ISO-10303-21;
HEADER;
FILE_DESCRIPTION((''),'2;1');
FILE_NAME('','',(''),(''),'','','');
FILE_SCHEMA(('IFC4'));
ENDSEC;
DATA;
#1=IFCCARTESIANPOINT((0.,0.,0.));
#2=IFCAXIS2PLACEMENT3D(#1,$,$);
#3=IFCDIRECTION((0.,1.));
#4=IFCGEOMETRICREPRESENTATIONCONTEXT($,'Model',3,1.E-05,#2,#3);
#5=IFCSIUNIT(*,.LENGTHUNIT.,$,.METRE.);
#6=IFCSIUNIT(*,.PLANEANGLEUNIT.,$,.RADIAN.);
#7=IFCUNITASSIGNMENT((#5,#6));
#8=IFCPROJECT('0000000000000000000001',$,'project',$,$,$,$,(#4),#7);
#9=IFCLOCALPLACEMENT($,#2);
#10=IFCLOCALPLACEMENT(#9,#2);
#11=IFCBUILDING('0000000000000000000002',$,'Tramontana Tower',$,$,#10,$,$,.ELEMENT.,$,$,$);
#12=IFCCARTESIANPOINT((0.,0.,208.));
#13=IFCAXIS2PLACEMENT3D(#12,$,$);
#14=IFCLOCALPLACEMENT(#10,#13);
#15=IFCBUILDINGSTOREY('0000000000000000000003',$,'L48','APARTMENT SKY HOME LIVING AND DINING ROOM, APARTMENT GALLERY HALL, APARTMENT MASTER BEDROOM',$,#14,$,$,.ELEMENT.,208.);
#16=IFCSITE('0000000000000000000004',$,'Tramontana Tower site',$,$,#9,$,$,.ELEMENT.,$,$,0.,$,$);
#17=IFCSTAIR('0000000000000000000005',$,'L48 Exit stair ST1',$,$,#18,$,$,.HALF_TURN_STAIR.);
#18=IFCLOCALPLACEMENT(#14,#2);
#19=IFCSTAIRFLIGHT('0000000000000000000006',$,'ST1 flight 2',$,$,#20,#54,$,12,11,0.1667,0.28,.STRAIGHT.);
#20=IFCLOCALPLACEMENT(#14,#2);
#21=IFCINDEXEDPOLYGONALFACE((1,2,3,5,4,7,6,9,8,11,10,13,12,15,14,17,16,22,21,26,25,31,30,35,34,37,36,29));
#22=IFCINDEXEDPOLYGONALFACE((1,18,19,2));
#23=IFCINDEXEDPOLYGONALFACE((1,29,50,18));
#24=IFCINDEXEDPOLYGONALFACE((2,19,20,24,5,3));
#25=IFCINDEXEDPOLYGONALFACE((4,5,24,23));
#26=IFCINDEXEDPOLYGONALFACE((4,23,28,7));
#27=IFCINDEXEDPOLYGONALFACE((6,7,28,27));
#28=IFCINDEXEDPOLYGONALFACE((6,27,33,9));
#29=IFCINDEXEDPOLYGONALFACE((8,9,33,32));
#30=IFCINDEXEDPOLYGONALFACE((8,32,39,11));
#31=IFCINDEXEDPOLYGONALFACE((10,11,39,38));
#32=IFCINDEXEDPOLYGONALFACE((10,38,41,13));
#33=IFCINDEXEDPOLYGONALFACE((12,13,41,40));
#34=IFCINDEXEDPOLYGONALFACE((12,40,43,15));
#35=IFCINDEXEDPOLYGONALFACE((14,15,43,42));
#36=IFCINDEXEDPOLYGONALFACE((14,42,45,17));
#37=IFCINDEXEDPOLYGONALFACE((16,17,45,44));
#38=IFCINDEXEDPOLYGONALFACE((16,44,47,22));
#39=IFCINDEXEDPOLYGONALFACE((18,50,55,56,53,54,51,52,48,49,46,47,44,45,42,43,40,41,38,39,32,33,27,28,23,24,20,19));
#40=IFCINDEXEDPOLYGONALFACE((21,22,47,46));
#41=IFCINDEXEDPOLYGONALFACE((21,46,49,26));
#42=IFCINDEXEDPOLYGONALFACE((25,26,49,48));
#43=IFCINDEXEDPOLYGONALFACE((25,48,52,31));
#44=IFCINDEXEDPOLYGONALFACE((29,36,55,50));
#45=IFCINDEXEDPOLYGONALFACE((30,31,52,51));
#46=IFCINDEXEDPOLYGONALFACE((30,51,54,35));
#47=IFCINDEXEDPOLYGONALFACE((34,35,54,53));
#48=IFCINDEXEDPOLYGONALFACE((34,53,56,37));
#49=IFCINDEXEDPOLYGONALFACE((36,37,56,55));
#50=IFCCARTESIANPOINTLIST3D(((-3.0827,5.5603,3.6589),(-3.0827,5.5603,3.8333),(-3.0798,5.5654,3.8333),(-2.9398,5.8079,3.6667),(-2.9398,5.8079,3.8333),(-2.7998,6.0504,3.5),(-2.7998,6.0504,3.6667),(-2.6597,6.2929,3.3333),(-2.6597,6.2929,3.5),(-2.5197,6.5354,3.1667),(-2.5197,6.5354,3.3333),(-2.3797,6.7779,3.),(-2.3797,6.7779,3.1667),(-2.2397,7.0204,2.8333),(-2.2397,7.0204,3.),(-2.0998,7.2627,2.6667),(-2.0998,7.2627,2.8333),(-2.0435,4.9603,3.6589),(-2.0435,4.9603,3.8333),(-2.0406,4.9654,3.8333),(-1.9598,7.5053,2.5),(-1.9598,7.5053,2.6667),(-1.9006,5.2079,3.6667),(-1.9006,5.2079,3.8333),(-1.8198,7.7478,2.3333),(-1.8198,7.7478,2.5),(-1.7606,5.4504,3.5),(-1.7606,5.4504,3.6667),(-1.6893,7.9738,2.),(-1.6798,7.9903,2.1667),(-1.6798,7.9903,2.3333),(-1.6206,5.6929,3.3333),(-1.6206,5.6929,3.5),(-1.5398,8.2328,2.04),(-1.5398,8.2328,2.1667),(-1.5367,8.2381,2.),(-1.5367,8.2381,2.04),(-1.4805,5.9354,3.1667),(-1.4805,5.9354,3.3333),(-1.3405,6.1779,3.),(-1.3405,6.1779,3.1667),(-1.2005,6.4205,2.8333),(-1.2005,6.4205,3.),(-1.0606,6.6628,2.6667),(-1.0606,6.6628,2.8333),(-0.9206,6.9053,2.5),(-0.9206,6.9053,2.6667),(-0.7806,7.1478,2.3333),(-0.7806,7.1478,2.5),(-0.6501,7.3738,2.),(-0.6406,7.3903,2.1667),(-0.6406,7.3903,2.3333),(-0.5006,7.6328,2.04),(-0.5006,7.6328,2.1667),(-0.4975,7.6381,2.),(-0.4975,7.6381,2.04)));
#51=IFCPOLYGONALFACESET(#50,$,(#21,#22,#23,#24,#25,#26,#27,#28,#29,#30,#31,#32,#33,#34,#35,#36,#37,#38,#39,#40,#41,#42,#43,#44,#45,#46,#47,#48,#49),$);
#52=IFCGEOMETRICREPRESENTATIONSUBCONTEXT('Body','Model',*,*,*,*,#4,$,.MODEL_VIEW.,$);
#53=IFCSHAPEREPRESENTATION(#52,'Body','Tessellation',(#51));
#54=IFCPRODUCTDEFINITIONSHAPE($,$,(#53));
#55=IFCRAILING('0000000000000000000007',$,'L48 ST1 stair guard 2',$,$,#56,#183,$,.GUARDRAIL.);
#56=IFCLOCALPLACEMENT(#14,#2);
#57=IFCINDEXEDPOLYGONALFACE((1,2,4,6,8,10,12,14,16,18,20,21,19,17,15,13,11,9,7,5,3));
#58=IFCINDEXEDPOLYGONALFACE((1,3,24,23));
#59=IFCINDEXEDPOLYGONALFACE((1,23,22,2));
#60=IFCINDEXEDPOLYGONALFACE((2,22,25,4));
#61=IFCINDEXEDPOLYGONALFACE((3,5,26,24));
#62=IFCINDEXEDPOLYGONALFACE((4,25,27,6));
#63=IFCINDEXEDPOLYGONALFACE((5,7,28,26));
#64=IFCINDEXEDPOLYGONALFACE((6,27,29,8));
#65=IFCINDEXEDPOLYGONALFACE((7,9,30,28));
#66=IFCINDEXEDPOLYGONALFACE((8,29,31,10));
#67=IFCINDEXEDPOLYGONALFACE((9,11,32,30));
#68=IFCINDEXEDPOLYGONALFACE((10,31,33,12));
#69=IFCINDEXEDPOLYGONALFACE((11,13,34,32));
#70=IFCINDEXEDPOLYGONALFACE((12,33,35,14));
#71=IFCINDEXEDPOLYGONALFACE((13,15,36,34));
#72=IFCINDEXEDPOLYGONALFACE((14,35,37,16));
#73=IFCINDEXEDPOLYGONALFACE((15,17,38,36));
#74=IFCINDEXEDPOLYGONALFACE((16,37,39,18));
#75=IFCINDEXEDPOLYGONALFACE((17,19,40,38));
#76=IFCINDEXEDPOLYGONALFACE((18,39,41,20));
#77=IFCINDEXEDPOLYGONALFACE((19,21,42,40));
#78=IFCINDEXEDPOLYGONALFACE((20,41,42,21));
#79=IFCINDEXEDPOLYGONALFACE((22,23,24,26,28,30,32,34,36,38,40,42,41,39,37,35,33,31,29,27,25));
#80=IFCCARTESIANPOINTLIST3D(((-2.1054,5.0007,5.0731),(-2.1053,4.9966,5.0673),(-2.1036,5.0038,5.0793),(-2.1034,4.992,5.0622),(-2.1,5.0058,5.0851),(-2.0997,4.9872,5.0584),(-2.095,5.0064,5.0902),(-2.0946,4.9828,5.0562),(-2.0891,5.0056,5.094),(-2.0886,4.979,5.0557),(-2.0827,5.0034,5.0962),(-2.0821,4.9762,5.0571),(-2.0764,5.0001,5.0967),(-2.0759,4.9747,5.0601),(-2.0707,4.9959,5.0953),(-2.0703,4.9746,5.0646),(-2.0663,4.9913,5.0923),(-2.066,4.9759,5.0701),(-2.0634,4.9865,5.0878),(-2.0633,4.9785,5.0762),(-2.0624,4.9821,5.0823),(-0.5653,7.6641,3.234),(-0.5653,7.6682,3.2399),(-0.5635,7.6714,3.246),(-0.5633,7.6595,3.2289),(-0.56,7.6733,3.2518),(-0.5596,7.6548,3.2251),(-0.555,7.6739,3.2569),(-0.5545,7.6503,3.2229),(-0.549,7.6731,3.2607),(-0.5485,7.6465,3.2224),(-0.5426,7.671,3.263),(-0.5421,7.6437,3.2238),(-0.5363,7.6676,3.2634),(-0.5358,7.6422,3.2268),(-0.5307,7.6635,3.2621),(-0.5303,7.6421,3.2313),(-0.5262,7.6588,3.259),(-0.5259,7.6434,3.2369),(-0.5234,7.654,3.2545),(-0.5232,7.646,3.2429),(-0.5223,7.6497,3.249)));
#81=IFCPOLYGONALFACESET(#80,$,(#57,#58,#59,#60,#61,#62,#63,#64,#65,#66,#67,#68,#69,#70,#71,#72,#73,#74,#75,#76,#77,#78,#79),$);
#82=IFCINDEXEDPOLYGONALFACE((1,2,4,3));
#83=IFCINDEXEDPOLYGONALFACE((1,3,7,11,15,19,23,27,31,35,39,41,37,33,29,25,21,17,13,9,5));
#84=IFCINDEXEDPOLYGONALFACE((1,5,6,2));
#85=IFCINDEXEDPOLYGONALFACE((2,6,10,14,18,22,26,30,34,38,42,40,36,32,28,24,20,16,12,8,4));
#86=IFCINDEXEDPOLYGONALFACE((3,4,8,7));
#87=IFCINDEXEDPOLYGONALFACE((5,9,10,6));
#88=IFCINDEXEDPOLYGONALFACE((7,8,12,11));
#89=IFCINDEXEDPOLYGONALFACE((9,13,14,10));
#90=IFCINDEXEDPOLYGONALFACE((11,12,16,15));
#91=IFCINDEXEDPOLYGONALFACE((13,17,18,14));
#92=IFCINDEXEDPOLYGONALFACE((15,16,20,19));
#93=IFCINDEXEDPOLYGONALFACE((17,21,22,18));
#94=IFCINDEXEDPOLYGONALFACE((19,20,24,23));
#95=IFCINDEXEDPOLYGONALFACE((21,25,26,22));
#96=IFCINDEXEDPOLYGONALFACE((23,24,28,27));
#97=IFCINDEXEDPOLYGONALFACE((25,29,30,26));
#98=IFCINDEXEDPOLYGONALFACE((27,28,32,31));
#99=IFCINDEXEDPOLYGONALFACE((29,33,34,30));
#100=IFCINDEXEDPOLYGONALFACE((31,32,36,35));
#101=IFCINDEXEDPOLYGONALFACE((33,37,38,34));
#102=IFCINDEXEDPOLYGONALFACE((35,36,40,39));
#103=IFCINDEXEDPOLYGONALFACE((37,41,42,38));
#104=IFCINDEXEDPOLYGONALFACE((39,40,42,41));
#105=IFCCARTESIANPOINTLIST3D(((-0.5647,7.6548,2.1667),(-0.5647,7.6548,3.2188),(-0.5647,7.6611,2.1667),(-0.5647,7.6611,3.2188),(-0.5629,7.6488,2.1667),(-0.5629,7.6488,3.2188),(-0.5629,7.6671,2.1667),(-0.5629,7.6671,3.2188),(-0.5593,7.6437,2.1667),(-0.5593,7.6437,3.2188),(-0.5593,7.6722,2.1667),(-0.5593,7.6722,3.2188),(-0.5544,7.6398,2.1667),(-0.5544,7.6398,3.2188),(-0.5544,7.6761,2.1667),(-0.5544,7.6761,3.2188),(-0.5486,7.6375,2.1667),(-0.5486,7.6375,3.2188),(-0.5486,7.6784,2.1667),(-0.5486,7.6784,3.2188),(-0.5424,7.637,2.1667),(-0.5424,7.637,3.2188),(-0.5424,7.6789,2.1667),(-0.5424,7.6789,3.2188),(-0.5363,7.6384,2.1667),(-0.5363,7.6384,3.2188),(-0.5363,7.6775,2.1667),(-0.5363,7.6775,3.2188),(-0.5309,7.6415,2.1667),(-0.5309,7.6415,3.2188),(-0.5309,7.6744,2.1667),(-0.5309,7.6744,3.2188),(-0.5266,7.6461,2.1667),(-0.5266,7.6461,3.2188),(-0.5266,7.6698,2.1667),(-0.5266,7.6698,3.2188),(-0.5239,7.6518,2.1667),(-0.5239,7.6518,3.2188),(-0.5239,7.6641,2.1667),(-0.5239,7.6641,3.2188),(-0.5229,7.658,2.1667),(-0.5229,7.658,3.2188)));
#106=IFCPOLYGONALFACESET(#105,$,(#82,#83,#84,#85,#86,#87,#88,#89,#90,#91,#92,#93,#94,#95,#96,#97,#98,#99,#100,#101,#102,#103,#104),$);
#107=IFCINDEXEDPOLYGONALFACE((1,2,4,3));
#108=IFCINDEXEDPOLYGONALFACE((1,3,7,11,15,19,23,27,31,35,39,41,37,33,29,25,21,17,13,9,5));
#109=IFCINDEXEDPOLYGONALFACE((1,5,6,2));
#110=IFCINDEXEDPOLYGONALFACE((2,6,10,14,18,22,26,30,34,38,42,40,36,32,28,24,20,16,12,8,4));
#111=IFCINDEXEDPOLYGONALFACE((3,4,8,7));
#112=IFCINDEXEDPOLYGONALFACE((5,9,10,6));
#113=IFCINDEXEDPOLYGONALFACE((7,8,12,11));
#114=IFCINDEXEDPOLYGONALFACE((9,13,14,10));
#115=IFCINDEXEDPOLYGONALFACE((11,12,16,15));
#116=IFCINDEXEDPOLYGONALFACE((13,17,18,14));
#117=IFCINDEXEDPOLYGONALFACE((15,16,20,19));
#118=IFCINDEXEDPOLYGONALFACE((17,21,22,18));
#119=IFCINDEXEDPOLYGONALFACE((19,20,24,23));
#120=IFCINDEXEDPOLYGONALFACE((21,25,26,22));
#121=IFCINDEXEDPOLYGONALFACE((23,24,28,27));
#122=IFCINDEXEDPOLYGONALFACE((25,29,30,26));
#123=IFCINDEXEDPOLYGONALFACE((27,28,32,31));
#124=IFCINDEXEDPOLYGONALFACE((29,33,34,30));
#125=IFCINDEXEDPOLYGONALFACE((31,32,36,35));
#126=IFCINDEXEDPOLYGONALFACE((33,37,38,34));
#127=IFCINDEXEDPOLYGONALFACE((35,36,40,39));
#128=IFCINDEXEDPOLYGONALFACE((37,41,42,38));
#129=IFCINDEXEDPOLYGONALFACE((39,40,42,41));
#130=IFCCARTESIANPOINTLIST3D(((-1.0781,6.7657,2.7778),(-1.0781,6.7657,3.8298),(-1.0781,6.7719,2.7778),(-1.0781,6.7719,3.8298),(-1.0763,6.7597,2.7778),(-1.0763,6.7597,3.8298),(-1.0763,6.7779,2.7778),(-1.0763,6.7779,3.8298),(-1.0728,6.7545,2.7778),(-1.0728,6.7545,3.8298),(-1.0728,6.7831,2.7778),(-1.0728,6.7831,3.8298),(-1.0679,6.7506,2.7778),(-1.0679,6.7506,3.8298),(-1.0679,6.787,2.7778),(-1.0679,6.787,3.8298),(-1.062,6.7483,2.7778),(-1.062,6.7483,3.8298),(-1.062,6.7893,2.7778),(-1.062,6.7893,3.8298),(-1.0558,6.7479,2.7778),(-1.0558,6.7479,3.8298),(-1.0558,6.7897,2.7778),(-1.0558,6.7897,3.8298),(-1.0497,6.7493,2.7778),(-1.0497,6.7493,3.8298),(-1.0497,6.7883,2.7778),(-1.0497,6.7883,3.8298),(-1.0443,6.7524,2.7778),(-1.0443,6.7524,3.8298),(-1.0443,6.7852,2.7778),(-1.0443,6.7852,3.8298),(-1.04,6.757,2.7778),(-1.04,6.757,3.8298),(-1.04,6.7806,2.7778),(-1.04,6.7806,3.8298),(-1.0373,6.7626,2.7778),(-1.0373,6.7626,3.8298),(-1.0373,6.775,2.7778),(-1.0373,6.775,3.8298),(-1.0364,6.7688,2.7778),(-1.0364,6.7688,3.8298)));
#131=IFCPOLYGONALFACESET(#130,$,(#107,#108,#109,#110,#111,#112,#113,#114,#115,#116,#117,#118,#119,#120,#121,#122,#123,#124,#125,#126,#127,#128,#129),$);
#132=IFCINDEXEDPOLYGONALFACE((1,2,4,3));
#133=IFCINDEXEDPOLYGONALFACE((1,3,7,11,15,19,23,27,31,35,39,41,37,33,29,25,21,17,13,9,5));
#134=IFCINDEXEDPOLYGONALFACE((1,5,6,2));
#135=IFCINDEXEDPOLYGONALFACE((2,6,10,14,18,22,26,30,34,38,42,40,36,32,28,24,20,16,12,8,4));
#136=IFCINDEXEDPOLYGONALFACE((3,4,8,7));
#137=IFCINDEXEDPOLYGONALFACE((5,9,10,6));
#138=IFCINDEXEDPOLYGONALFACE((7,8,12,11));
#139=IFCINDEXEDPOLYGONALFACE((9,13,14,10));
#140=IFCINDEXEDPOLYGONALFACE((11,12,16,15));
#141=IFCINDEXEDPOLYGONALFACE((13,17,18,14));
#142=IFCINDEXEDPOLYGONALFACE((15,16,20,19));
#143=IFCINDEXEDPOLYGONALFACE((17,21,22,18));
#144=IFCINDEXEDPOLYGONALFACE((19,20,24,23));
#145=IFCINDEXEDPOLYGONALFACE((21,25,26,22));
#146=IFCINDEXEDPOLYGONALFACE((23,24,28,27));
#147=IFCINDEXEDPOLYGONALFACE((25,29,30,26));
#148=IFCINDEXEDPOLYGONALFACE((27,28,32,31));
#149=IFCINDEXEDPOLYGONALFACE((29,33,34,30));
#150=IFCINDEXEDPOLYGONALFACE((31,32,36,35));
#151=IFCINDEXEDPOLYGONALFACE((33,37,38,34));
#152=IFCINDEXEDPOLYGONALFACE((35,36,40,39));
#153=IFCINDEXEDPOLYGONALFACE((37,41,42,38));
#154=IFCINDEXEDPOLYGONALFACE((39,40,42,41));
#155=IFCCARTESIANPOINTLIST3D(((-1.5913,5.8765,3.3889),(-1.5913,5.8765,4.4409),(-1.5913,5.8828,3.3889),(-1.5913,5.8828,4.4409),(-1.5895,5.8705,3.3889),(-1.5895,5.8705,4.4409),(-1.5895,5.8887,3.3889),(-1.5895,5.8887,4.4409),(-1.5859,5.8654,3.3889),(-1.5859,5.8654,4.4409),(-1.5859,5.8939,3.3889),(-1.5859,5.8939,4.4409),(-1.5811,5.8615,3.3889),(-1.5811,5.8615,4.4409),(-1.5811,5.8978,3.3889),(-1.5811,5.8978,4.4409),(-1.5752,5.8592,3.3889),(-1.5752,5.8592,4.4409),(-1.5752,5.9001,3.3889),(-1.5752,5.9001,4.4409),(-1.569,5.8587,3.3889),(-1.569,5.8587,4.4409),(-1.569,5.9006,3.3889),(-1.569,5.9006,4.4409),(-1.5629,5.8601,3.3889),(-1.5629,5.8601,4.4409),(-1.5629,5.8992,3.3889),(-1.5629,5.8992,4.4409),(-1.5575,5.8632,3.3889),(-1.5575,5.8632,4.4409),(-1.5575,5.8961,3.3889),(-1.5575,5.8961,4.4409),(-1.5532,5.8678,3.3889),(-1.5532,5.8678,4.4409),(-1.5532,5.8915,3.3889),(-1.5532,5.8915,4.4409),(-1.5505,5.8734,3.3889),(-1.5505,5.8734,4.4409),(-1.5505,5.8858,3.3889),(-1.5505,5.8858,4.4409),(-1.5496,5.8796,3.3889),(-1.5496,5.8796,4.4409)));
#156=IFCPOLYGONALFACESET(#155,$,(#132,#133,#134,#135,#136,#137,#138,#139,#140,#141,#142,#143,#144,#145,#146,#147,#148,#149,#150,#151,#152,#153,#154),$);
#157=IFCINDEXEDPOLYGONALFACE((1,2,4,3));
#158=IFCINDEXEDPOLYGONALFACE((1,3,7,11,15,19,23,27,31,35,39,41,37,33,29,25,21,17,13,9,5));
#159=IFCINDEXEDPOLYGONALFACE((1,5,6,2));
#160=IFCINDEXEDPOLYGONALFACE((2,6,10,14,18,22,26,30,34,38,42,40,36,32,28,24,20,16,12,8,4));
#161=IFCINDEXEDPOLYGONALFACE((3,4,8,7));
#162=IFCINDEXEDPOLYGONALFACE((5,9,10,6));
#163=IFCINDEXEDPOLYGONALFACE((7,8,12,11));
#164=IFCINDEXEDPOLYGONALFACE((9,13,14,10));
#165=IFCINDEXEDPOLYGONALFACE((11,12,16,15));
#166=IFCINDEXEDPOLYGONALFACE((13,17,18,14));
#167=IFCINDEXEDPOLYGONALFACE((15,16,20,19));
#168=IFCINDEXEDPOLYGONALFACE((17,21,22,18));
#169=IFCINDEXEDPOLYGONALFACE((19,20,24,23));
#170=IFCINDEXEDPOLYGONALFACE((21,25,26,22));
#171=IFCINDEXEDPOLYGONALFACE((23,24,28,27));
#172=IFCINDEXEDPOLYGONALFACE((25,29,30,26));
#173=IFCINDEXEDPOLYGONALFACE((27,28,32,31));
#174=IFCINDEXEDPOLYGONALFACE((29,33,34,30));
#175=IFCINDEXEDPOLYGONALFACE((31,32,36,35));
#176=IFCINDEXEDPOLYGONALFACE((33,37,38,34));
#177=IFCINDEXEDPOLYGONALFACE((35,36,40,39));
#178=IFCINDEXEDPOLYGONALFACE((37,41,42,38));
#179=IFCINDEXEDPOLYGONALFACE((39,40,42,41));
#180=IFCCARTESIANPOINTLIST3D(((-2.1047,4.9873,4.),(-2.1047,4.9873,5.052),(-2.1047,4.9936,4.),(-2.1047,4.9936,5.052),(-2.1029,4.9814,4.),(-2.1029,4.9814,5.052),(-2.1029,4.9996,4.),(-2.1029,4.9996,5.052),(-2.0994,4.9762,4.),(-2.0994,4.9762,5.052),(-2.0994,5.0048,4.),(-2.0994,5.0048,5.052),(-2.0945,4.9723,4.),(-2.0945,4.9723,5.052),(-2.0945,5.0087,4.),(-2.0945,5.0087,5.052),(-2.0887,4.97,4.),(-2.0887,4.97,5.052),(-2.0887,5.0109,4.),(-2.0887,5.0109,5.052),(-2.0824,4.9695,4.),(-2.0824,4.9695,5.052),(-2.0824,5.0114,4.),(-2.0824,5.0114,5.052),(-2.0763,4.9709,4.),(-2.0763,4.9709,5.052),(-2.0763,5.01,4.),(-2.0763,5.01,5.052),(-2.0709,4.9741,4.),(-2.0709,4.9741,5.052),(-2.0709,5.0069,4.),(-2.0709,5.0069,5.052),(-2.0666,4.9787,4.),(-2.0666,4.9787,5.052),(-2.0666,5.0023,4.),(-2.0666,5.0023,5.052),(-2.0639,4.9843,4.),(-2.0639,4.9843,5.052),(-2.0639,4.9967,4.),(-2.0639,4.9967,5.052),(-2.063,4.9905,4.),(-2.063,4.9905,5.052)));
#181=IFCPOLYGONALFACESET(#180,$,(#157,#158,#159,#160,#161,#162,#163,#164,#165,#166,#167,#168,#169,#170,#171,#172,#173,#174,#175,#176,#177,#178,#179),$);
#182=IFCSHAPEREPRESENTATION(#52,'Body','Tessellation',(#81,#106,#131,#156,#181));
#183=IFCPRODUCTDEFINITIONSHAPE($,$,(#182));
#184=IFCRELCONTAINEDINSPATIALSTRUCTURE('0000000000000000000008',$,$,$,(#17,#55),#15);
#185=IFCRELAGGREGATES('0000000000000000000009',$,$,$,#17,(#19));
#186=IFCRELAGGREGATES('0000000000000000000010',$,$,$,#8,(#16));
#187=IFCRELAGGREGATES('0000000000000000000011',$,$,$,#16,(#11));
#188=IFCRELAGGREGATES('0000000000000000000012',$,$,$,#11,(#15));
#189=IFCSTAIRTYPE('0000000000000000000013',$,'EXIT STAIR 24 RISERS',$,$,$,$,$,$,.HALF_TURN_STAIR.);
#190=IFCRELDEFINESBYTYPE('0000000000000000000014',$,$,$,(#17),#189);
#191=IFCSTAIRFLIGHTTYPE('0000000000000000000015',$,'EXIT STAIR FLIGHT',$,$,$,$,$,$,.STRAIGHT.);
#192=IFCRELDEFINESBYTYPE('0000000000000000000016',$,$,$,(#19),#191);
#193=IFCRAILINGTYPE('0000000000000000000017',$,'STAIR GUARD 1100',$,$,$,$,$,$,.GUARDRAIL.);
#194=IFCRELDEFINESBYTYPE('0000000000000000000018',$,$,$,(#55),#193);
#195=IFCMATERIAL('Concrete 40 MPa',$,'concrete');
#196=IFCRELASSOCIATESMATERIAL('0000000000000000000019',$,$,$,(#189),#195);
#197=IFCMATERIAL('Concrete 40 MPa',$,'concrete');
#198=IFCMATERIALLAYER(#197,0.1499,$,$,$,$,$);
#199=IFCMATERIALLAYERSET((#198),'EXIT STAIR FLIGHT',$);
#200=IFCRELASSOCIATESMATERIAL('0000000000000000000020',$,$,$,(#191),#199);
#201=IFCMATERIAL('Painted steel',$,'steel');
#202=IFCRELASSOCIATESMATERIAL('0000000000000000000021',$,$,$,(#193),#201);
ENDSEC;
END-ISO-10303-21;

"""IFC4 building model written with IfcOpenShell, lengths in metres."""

from ifc_helpers import new_model, si_unit, direction, frame, origin, origin_2d, place, context, subcontext, project, spatial, polyline, circle, outline, extrude, material, layer, layer_set, type_object, element, aggregate, save


model = new_model("IFC4")

# Units and contexts
model_context = context("Model", 3, precision=1e-05, world=origin(), true_north=direction((0.0, 1.0)))
body_context = subcontext(model_context, "Body", "Model", "MODEL_VIEW")
ifc_project = project(units=[si_unit("LENGTHUNIT", "METRE"), si_unit("PLANEANGLEUNIT", "RADIAN")], contexts=[model_context])

# Site, building, storey
site_placement = place(None, origin())
site = spatial("IfcSite", under=ifc_project, at=site_placement, Name="Tramontana Tower site", CompositionType="ELEMENT", RefElevation=0.0)
building_placement = place(site_placement, origin())
building = spatial("IfcBuilding", under=site, at=building_placement, Name="Tramontana Tower", CompositionType="ELEMENT")
storey_placement = place(building_placement, frame((0.0, 0.0, 208.0)))
storey = spatial("IfcBuildingStorey", under=building, at=storey_placement, Name="L48", Description="APARTMENT SKY HOME LIVING AND DINING ROOM, APARTMENT GALLERY HALL, APARTMENT MASTER BEDROOM", CompositionType="ELEMENT", Elevation=208.0)

# Stair, stair flight
ifc_material_1 = material(Name="Concrete 40 MPa", Category="concrete")
stair_type = type_object("IfcStairType", Name="EXIT STAIR 24 RISERS", PredefinedType="HALF_TURN_STAIR", material=ifc_material_1)
stair_placement = place(storey_placement, origin())
stair = element("IfcStair", 1, at=stair_placement, inside=storey, type_object=stair_type, Name="L48 Exit stair ST1", PredefinedType="HALF_TURN_STAIR")
ifc_material_2 = material(Name="Concrete 40 MPa", Category="concrete")
ifc_layer_1 = layer(ifc_material_2, 0.1499)
ifc_layer_set_1 = layer_set([ifc_layer_1], Name="EXIT STAIR FLIGHT")
stair_flight_type = type_object("IfcStairFlightType", Name="EXIT STAIR FLIGHT", PredefinedType="STRAIGHT", material=ifc_layer_set_1)
stair_flight_placement = place(storey_placement, frame((-1.0203, 7.9329, 2.0), z_axis=(0.0, 0.0, 1.0), x_axis=(-0.5, -0.866025, 0.0)))
stair_flight = element("IfcStairFlight", 2, at=stair_flight_placement, type_object=stair_flight_type, Name="ST1 flight 2", NumberOfRisers=12, NumberOfTreads=11, PredefinedType="STRAIGHT", RiserHeight=0.1667, TreadLength=0.28, context=body_context, shape_type="SweptSolid", body=[
    extrude(outline(polyline([(-0.0061, 0.0), (-0.0061, 0.04), (0.0, 0.04), (0.0, 0.1667), (0.28, 0.1667), (0.28, 0.3333), (0.5601, 0.3333), (0.5601, 0.5), (0.8401, 0.5), (0.8401, 0.6667), (1.1201, 0.6667), (1.1201, 0.8333), (1.3999, 0.8333), (1.3999, 1.0), (1.6799, 1.0), (1.6799, 1.1667), (1.96, 1.1667), (1.96, 1.3333), (2.24, 1.3333), (2.24, 1.5), (2.52, 1.5), (2.52, 1.6667), (2.8, 1.6667), (2.8, 1.8333), (3.0801, 1.8333), (3.0859, 1.8333), (3.0859, 1.6589), (0.2991, 0.0), (-0.0061, 0.0)])), frame((0.0, 0.6001, 0.0), z_axis=(0.0, -1.0, 0.0), x_axis=(1.0, 0.0, 0.0)), (0.0, 0.0, 1.0), 1.2),
])
aggregate(stair, [stair_flight])

# Railing
ifc_material_3 = material(Name="Painted steel", Category="steel")
railing_type_1 = type_object("IfcRailingType", Name="STAIR GUARD 1100", PredefinedType="GUARDRAIL", material=ifc_material_3)
railing_1_placement = place(storey_placement, frame((-0.5439, 7.658, 2.1667)))
element("IfcRailing", 3, at=railing_1_placement, inside=storey, type_object=railing_type_1, Name="L48 ST1 stair guard 2", PredefinedType="GUARDRAIL", context=body_context, shape_type="SweptSolid", body=[
    extrude(circle(Radius=0.0239, at=origin_2d()), frame((0.0, 0.0, 1.0762), z_axis=(-0.429649, -0.74419, 0.511452), x_axis=(0.86603, -0.499992, 0.0)), (0.0, 0.0, 1.0), 3.5845),
    extrude(circle(Radius=0.021, at=origin_2d()), origin(), (0.0, 0.0, 1.0), 1.052),
    extrude(circle(Radius=0.021, at=origin_2d()), frame((-0.5134, -0.8892, 0.6111)), (0.0, 0.0, 1.0), 1.052),
    extrude(circle(Radius=0.021, at=origin_2d()), frame((-1.0266, -1.7783, 1.2222)), (0.0, 0.0, 1.0), 1.052),
    extrude(circle(Radius=0.021, at=origin_2d()), frame((-1.54, -2.6675, 1.8333)), (0.0, 0.0, 1.0), 1.052),
])

save(model, "model.ifc")
